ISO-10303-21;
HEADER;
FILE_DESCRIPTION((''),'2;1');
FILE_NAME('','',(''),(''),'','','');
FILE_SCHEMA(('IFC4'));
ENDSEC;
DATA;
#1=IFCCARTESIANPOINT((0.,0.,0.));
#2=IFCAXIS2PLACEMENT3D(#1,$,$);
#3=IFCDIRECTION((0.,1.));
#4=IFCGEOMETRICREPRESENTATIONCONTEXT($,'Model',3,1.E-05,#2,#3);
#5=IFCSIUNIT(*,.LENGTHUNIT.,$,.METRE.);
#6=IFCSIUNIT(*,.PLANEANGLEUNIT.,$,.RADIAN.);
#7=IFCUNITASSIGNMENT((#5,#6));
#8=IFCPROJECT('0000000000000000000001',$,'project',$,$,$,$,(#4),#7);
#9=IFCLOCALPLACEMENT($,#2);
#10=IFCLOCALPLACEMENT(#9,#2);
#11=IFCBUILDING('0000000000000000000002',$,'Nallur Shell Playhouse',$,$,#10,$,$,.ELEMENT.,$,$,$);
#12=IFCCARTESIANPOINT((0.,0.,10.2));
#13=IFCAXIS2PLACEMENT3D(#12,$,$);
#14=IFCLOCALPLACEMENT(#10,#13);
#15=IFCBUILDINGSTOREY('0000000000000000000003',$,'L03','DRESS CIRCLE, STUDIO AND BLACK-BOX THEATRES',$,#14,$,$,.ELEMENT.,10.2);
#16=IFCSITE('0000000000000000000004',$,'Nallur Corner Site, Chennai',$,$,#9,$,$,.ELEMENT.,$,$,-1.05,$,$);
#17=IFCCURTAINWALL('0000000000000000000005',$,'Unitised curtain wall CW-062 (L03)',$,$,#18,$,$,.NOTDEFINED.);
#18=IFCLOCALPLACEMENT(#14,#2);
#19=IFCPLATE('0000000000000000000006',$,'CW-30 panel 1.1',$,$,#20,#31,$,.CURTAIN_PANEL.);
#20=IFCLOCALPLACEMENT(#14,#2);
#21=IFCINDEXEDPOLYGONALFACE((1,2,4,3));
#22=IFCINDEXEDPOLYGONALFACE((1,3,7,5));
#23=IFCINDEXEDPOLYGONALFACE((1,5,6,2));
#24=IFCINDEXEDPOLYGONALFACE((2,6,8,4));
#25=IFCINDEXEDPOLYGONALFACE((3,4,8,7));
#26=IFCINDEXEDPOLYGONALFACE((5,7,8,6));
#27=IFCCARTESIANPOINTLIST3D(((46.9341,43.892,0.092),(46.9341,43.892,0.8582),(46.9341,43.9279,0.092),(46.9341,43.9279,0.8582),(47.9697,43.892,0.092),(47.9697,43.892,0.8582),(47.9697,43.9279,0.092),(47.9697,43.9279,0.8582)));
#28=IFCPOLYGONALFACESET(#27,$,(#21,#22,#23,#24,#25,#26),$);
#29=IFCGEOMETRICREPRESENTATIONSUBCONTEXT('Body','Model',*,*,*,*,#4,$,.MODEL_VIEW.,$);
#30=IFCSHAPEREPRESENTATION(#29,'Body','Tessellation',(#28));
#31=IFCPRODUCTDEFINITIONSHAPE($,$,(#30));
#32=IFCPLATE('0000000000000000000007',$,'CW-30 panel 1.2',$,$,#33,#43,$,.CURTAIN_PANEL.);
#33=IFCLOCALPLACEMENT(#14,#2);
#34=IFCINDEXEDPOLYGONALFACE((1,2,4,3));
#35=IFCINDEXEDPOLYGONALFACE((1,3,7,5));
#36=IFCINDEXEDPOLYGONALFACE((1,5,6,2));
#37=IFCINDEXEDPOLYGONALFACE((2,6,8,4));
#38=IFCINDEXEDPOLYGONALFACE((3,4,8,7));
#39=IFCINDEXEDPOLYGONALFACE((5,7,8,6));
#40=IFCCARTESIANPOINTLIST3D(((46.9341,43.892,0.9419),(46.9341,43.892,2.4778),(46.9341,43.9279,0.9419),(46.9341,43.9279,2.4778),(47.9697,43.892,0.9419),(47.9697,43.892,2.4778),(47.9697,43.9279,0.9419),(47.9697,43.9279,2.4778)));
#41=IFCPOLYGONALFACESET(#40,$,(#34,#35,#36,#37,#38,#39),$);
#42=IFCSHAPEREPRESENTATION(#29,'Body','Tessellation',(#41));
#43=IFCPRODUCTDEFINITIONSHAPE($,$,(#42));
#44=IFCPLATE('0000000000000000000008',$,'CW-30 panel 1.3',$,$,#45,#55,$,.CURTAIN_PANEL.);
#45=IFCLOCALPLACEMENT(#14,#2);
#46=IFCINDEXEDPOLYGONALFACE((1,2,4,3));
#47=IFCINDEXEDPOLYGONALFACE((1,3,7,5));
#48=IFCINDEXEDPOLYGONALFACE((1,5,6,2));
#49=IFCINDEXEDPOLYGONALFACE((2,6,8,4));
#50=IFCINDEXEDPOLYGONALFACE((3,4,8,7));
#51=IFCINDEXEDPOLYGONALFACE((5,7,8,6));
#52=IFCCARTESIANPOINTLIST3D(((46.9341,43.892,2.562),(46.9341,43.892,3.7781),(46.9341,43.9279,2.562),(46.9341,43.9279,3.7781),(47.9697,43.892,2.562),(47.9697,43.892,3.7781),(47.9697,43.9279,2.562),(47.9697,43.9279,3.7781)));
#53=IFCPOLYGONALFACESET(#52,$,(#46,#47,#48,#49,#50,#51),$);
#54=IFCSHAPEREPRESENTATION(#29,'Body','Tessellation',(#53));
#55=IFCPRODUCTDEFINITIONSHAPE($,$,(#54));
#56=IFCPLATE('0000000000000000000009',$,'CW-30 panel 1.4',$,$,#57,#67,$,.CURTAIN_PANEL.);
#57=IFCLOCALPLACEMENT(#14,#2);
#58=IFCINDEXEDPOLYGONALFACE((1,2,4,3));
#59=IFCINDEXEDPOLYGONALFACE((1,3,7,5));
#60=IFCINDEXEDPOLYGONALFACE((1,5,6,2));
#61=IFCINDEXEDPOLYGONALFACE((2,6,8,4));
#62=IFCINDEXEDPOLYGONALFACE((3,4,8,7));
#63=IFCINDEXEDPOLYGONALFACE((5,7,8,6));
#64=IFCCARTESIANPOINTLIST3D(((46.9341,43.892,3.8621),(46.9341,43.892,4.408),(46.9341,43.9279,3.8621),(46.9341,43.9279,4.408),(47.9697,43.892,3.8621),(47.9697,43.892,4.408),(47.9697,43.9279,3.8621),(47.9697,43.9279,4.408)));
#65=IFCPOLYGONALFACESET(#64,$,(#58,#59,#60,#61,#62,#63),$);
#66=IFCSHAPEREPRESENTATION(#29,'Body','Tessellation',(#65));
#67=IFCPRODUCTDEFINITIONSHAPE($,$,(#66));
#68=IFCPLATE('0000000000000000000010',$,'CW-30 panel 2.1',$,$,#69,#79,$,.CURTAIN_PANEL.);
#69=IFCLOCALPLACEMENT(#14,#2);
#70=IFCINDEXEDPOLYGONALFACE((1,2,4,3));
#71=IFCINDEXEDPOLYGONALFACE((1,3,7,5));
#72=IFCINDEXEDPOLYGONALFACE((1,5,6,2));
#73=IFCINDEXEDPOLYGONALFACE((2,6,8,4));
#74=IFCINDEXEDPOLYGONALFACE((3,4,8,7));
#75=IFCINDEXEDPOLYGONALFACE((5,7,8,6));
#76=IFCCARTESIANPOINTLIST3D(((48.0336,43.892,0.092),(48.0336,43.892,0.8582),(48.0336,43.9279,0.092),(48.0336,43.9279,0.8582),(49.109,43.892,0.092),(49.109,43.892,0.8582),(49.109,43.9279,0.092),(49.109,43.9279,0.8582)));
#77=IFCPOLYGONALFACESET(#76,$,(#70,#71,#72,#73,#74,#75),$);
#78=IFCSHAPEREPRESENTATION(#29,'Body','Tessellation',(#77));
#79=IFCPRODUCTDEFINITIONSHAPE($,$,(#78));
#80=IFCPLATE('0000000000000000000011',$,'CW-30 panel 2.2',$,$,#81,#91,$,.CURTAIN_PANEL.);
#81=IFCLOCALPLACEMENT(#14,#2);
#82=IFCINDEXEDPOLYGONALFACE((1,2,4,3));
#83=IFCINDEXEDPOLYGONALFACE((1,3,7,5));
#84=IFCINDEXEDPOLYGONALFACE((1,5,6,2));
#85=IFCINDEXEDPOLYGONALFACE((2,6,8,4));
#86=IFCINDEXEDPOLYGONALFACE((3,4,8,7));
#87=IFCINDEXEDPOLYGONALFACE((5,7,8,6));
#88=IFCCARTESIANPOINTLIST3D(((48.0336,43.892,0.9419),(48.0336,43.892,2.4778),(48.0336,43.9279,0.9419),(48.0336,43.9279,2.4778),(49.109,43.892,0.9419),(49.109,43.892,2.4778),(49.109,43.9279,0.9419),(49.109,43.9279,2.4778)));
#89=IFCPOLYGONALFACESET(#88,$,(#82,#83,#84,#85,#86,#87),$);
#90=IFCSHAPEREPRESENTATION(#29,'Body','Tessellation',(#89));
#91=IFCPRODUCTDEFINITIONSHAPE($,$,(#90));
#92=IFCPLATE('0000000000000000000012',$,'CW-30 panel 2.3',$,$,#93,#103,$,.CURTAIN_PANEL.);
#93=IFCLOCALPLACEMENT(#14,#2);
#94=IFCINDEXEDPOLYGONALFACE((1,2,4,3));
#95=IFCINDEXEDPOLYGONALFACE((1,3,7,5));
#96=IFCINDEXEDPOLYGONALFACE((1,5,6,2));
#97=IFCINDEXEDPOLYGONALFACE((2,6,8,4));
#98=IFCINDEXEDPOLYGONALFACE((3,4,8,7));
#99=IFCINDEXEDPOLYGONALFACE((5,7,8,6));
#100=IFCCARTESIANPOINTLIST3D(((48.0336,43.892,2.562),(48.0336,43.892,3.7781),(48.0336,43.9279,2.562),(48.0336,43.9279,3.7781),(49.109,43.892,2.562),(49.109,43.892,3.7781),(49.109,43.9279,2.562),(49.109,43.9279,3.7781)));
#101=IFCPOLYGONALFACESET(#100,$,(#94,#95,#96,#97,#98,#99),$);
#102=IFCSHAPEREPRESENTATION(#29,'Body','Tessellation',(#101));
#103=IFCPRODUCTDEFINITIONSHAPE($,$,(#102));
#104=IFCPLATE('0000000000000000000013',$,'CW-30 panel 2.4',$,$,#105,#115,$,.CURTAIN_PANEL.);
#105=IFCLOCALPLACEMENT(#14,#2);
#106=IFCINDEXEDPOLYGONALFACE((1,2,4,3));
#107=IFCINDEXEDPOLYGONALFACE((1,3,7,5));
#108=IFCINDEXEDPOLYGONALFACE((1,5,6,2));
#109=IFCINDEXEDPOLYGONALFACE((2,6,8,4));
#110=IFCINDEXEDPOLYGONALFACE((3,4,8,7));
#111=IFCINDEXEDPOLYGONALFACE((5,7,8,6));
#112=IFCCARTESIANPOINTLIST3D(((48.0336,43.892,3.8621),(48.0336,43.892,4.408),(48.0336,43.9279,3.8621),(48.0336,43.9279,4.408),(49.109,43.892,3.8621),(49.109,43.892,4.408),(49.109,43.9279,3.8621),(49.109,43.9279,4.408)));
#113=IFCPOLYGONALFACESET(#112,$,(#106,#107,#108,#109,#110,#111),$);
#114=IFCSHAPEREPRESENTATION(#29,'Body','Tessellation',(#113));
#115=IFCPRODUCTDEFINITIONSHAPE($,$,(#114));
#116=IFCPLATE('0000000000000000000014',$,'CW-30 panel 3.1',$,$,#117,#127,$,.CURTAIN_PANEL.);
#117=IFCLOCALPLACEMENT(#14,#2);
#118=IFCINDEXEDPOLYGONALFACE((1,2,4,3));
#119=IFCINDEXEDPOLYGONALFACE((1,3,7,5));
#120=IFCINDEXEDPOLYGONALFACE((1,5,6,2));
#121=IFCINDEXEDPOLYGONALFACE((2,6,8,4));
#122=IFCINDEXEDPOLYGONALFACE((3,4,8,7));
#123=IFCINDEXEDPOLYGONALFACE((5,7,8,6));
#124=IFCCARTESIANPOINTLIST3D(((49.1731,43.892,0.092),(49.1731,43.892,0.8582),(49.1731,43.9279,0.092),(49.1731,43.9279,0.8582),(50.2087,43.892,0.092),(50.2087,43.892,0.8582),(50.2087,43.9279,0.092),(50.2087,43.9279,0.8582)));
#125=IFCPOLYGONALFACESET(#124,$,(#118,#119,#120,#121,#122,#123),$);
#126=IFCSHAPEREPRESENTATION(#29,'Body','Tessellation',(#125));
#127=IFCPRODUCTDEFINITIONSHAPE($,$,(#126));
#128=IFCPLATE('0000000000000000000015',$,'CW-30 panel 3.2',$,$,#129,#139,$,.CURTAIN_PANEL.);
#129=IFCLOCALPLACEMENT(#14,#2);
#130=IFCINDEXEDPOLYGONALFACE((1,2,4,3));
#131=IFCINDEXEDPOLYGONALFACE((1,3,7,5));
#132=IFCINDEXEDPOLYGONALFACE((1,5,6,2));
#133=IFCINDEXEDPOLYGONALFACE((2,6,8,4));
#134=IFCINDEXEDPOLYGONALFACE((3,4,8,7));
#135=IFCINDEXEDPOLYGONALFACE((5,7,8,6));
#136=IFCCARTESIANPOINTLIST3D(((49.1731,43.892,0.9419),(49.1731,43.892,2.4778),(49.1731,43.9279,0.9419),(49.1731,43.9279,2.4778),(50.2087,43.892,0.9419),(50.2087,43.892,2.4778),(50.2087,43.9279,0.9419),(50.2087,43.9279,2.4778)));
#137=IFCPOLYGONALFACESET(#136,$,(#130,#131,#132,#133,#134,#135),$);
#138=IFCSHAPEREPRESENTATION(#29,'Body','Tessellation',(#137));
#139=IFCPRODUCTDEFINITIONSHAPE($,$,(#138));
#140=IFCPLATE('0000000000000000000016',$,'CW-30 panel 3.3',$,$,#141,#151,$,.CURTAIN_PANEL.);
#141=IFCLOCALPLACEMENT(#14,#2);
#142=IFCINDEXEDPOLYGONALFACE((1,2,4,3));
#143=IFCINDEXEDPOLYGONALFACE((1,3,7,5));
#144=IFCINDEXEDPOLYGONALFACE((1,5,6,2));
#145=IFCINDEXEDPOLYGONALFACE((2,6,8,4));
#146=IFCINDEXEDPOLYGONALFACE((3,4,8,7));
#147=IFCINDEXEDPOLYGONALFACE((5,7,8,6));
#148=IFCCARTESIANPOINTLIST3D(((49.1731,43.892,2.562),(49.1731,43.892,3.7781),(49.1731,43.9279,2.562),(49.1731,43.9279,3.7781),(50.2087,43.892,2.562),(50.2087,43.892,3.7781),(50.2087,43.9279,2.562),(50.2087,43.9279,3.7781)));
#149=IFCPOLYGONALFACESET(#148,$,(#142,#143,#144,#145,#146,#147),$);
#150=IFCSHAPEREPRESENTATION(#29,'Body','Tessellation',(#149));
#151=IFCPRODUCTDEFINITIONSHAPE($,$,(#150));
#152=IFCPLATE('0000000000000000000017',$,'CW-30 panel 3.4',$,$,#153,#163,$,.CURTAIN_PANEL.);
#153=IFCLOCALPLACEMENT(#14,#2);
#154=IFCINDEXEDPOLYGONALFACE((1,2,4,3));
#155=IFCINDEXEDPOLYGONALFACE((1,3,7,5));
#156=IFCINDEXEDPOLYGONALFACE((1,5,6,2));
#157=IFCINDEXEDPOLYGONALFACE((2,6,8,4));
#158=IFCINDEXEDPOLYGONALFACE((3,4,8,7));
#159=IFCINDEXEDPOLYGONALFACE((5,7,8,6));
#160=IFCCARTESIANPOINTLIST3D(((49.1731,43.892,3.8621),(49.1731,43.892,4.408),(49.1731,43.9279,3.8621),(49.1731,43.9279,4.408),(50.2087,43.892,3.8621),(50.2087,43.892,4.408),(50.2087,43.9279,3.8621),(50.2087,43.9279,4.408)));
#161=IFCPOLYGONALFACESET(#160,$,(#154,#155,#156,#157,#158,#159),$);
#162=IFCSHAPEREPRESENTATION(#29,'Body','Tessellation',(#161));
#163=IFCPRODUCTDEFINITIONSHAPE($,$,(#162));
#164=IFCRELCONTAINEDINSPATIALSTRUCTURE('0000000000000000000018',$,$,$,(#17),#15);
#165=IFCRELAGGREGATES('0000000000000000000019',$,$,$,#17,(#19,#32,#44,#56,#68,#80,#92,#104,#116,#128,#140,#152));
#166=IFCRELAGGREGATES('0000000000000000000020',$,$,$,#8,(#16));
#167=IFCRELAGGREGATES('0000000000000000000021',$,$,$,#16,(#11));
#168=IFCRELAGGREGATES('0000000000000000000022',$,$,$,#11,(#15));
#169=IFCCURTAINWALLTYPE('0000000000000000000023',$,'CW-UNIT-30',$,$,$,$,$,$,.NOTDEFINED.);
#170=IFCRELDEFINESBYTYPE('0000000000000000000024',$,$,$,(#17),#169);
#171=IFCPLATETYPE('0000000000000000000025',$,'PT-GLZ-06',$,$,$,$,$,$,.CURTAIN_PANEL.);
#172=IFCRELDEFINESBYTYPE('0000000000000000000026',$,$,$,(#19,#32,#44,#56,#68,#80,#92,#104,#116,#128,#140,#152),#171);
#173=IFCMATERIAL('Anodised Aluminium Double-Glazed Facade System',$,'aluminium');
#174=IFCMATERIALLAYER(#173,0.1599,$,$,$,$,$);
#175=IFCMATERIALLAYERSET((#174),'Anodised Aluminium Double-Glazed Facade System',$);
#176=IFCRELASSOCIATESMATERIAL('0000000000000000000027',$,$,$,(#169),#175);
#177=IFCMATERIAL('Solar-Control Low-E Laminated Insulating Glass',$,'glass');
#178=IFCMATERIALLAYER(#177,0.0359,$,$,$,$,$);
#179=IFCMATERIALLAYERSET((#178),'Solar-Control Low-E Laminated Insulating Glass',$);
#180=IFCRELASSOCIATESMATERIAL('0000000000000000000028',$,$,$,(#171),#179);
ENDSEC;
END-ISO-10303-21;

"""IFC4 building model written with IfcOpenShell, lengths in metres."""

from ifc_helpers import new_model, si_unit, direction, frame, origin, origin_2d, place, context, subcontext, project, spatial, rectangle, extrude, material, layer, layer_set, type_object, element, aggregate, save


model = new_model("IFC4")

# Units and contexts
model_context = context("Model", 3, precision=1e-05, world=origin(), true_north=direction((0.0, 1.0)))
body_context = subcontext(model_context, "Body", "Model", "MODEL_VIEW")
ifc_project = project(units=[si_unit("LENGTHUNIT", "METRE"), si_unit("PLANEANGLEUNIT", "RADIAN")], contexts=[model_context])

# Site, building, storey
site_placement = place(None, origin())
site = spatial("IfcSite", under=ifc_project, at=site_placement, Name="Nallur Corner Site, Chennai", CompositionType="ELEMENT", RefElevation=-1.05)
building_placement = place(site_placement, origin())
building = spatial("IfcBuilding", under=site, at=building_placement, Name="Nallur Shell Playhouse", CompositionType="ELEMENT")
storey_placement = place(building_placement, frame((0.0, 0.0, 10.2)))
storey = spatial("IfcBuildingStorey", under=building, at=storey_placement, Name="L03", Description="DRESS CIRCLE, STUDIO AND BLACK-BOX THEATRES", CompositionType="ELEMENT", Elevation=10.2)

# Curtain wall
ifc_material_1 = material(Name="Anodised Aluminium Double-Glazed Facade System", Category="aluminium")
ifc_layer_1 = layer(ifc_material_1, 0.1599)
ifc_layer_set_1 = layer_set([ifc_layer_1], Name="Anodised Aluminium Double-Glazed Facade System")
curtain_wall_type_1 = type_object("IfcCurtainWallType", Name="CW-UNIT-30", PredefinedType="NOTDEFINED", material=ifc_layer_set_1)
curtain_wall_1_placement = place(storey_placement, origin())
curtain_wall_1 = element("IfcCurtainWall", 1, at=curtain_wall_1_placement, inside=storey, type_object=curtain_wall_type_1, Name="Unitised curtain wall CW-062 (L03)", PredefinedType="NOTDEFINED")

# Plates
ifc_material_2 = material(Name="Solar-Control Low-E Laminated Insulating Glass", Category="glass")
ifc_layer_2 = layer(ifc_material_2, 0.0359)
ifc_layer_set_2 = layer_set([ifc_layer_2], Name="Solar-Control Low-E Laminated Insulating Glass")
plate_type_1 = type_object("IfcPlateType", Name="PT-GLZ-06", PredefinedType="CURTAIN_PANEL", material=ifc_layer_set_2)
plate_1_placement = place(storey_placement, frame((47.4519, 43.9099, 0.092), z_axis=(0.0, 0.0, 1.0), x_axis=(1.0, 0.0, 0.0)))
plate_1 = element("IfcPlate", 2, at=plate_1_placement, type_object=plate_type_1, Name="CW-30 panel 1.1", PredefinedType="CURTAIN_PANEL", context=body_context, shape_type="SweptSolid", body=[
    extrude(rectangle(XDim=1.0356, YDim=0.0359, at=origin_2d()), origin(), (0.0, 0.0, 1.0), 0.7661),
])
plate_2_placement = place(storey_placement, frame((47.4519, 43.9099, 0.9419), z_axis=(0.0, 0.0, 1.0), x_axis=(1.0, 0.0, 0.0)))
plate_2 = element("IfcPlate", 3, at=plate_2_placement, type_object=plate_type_1, Name="CW-30 panel 1.2", PredefinedType="CURTAIN_PANEL", context=body_context, shape_type="SweptSolid", body=[
    extrude(rectangle(XDim=1.0356, YDim=0.0359, at=origin_2d()), origin(), (0.0, 0.0, 1.0), 1.5359),
])
plate_3_placement = place(storey_placement, frame((47.4519, 43.9099, 2.562), z_axis=(0.0, 0.0, 1.0), x_axis=(1.0, 0.0, 0.0)))
plate_3 = element("IfcPlate", 4, at=plate_3_placement, type_object=plate_type_1, Name="CW-30 panel 1.3", PredefinedType="CURTAIN_PANEL", context=body_context, shape_type="SweptSolid", body=[
    extrude(rectangle(XDim=1.0356, YDim=0.0359, at=origin_2d()), origin(), (0.0, 0.0, 1.0), 1.2161),
])
plate_4_placement = place(storey_placement, frame((47.4519, 43.9099, 3.8621), z_axis=(0.0, 0.0, 1.0), x_axis=(1.0, 0.0, 0.0)))
plate_4 = element("IfcPlate", 5, at=plate_4_placement, type_object=plate_type_1, Name="CW-30 panel 1.4", PredefinedType="CURTAIN_PANEL", context=body_context, shape_type="SweptSolid", body=[
    extrude(rectangle(XDim=1.0356, YDim=0.0359, at=origin_2d()), origin(), (0.0, 0.0, 1.0), 0.5459),
])
plate_5_placement = place(storey_placement, frame((48.5713, 43.9099, 0.092), z_axis=(0.0, 0.0, 1.0), x_axis=(1.0, 0.0, 0.0)))
plate_5 = element("IfcPlate", 6, at=plate_5_placement, type_object=plate_type_1, Name="CW-30 panel 2.1", PredefinedType="CURTAIN_PANEL", context=body_context, shape_type="SweptSolid", body=[
    extrude(rectangle(XDim=1.0754, YDim=0.0359, at=origin_2d()), origin(), (0.0, 0.0, 1.0), 0.7661),
])
plate_6_placement = place(storey_placement, frame((48.5713, 43.9099, 0.9419), z_axis=(0.0, 0.0, 1.0), x_axis=(1.0, 0.0, 0.0)))
plate_6 = element("IfcPlate", 7, at=plate_6_placement, type_object=plate_type_1, Name="CW-30 panel 2.2", PredefinedType="CURTAIN_PANEL", context=body_context, shape_type="SweptSolid", body=[
    extrude(rectangle(XDim=1.0754, YDim=0.0359, at=origin_2d()), origin(), (0.0, 0.0, 1.0), 1.5359),
])
plate_7_placement = place(storey_placement, frame((48.5713, 43.9099, 2.562), z_axis=(0.0, 0.0, 1.0), x_axis=(1.0, 0.0, 0.0)))
plate_7 = element("IfcPlate", 8, at=plate_7_placement, type_object=plate_type_1, Name="CW-30 panel 2.3", PredefinedType="CURTAIN_PANEL", context=body_context, shape_type="SweptSolid", body=[
    extrude(rectangle(XDim=1.0754, YDim=0.0359, at=origin_2d()), origin(), (0.0, 0.0, 1.0), 1.2161),
])
plate_8_placement = place(storey_placement, frame((48.5713, 43.9099, 3.8621), z_axis=(0.0, 0.0, 1.0), x_axis=(1.0, 0.0, 0.0)))
plate_8 = element("IfcPlate", 9, at=plate_8_placement, type_object=plate_type_1, Name="CW-30 panel 2.4", PredefinedType="CURTAIN_PANEL", context=body_context, shape_type="SweptSolid", body=[
    extrude(rectangle(XDim=1.0754, YDim=0.0359, at=origin_2d()), origin(), (0.0, 0.0, 1.0), 0.5459),
])
plate_9_placement = place(storey_placement, frame((49.6909, 43.9099, 0.092), z_axis=(0.0, 0.0, 1.0), x_axis=(1.0, 0.0, 0.0)))
plate_9 = element("IfcPlate", 10, at=plate_9_placement, type_object=plate_type_1, Name="CW-30 panel 3.1", PredefinedType="CURTAIN_PANEL", context=body_context, shape_type="SweptSolid", body=[
    extrude(rectangle(XDim=1.0356, YDim=0.0359, at=origin_2d()), origin(), (0.0, 0.0, 1.0), 0.7661),
])
plate_10_placement = place(storey_placement, frame((49.6909, 43.9099, 0.9419), z_axis=(0.0, 0.0, 1.0), x_axis=(1.0, 0.0, 0.0)))
plate_10 = element("IfcPlate", 11, at=plate_10_placement, type_object=plate_type_1, Name="CW-30 panel 3.2", PredefinedType="CURTAIN_PANEL", context=body_context, shape_type="SweptSolid", body=[
    extrude(rectangle(XDim=1.0356, YDim=0.0359, at=origin_2d()), origin(), (0.0, 0.0, 1.0), 1.5359),
])
plate_11_placement = place(storey_placement, frame((49.6909, 43.9099, 2.562), z_axis=(0.0, 0.0, 1.0), x_axis=(1.0, 0.0, 0.0)))
plate_11 = element("IfcPlate", 12, at=plate_11_placement, type_object=plate_type_1, Name="CW-30 panel 3.3", PredefinedType="CURTAIN_PANEL", context=body_context, shape_type="SweptSolid", body=[
    extrude(rectangle(XDim=1.0356, YDim=0.0359, at=origin_2d()), origin(), (0.0, 0.0, 1.0), 1.2161),
])
plate_12_placement = place(storey_placement, frame((49.6909, 43.9099, 3.8621), z_axis=(0.0, 0.0, 1.0), x_axis=(1.0, 0.0, 0.0)))
plate_12 = element("IfcPlate", 13, at=plate_12_placement, type_object=plate_type_1, Name="CW-30 panel 3.4", PredefinedType="CURTAIN_PANEL", context=body_context, shape_type="SweptSolid", body=[
    extrude(rectangle(XDim=1.0356, YDim=0.0359, at=origin_2d()), origin(), (0.0, 0.0, 1.0), 0.5459),
])
aggregate(curtain_wall_1, [plate_1, plate_2, plate_3, plate_4, plate_5, plate_6, plate_7, plate_8, plate_9, plate_10, plate_11, plate_12])

save(model, "model.ifc")
